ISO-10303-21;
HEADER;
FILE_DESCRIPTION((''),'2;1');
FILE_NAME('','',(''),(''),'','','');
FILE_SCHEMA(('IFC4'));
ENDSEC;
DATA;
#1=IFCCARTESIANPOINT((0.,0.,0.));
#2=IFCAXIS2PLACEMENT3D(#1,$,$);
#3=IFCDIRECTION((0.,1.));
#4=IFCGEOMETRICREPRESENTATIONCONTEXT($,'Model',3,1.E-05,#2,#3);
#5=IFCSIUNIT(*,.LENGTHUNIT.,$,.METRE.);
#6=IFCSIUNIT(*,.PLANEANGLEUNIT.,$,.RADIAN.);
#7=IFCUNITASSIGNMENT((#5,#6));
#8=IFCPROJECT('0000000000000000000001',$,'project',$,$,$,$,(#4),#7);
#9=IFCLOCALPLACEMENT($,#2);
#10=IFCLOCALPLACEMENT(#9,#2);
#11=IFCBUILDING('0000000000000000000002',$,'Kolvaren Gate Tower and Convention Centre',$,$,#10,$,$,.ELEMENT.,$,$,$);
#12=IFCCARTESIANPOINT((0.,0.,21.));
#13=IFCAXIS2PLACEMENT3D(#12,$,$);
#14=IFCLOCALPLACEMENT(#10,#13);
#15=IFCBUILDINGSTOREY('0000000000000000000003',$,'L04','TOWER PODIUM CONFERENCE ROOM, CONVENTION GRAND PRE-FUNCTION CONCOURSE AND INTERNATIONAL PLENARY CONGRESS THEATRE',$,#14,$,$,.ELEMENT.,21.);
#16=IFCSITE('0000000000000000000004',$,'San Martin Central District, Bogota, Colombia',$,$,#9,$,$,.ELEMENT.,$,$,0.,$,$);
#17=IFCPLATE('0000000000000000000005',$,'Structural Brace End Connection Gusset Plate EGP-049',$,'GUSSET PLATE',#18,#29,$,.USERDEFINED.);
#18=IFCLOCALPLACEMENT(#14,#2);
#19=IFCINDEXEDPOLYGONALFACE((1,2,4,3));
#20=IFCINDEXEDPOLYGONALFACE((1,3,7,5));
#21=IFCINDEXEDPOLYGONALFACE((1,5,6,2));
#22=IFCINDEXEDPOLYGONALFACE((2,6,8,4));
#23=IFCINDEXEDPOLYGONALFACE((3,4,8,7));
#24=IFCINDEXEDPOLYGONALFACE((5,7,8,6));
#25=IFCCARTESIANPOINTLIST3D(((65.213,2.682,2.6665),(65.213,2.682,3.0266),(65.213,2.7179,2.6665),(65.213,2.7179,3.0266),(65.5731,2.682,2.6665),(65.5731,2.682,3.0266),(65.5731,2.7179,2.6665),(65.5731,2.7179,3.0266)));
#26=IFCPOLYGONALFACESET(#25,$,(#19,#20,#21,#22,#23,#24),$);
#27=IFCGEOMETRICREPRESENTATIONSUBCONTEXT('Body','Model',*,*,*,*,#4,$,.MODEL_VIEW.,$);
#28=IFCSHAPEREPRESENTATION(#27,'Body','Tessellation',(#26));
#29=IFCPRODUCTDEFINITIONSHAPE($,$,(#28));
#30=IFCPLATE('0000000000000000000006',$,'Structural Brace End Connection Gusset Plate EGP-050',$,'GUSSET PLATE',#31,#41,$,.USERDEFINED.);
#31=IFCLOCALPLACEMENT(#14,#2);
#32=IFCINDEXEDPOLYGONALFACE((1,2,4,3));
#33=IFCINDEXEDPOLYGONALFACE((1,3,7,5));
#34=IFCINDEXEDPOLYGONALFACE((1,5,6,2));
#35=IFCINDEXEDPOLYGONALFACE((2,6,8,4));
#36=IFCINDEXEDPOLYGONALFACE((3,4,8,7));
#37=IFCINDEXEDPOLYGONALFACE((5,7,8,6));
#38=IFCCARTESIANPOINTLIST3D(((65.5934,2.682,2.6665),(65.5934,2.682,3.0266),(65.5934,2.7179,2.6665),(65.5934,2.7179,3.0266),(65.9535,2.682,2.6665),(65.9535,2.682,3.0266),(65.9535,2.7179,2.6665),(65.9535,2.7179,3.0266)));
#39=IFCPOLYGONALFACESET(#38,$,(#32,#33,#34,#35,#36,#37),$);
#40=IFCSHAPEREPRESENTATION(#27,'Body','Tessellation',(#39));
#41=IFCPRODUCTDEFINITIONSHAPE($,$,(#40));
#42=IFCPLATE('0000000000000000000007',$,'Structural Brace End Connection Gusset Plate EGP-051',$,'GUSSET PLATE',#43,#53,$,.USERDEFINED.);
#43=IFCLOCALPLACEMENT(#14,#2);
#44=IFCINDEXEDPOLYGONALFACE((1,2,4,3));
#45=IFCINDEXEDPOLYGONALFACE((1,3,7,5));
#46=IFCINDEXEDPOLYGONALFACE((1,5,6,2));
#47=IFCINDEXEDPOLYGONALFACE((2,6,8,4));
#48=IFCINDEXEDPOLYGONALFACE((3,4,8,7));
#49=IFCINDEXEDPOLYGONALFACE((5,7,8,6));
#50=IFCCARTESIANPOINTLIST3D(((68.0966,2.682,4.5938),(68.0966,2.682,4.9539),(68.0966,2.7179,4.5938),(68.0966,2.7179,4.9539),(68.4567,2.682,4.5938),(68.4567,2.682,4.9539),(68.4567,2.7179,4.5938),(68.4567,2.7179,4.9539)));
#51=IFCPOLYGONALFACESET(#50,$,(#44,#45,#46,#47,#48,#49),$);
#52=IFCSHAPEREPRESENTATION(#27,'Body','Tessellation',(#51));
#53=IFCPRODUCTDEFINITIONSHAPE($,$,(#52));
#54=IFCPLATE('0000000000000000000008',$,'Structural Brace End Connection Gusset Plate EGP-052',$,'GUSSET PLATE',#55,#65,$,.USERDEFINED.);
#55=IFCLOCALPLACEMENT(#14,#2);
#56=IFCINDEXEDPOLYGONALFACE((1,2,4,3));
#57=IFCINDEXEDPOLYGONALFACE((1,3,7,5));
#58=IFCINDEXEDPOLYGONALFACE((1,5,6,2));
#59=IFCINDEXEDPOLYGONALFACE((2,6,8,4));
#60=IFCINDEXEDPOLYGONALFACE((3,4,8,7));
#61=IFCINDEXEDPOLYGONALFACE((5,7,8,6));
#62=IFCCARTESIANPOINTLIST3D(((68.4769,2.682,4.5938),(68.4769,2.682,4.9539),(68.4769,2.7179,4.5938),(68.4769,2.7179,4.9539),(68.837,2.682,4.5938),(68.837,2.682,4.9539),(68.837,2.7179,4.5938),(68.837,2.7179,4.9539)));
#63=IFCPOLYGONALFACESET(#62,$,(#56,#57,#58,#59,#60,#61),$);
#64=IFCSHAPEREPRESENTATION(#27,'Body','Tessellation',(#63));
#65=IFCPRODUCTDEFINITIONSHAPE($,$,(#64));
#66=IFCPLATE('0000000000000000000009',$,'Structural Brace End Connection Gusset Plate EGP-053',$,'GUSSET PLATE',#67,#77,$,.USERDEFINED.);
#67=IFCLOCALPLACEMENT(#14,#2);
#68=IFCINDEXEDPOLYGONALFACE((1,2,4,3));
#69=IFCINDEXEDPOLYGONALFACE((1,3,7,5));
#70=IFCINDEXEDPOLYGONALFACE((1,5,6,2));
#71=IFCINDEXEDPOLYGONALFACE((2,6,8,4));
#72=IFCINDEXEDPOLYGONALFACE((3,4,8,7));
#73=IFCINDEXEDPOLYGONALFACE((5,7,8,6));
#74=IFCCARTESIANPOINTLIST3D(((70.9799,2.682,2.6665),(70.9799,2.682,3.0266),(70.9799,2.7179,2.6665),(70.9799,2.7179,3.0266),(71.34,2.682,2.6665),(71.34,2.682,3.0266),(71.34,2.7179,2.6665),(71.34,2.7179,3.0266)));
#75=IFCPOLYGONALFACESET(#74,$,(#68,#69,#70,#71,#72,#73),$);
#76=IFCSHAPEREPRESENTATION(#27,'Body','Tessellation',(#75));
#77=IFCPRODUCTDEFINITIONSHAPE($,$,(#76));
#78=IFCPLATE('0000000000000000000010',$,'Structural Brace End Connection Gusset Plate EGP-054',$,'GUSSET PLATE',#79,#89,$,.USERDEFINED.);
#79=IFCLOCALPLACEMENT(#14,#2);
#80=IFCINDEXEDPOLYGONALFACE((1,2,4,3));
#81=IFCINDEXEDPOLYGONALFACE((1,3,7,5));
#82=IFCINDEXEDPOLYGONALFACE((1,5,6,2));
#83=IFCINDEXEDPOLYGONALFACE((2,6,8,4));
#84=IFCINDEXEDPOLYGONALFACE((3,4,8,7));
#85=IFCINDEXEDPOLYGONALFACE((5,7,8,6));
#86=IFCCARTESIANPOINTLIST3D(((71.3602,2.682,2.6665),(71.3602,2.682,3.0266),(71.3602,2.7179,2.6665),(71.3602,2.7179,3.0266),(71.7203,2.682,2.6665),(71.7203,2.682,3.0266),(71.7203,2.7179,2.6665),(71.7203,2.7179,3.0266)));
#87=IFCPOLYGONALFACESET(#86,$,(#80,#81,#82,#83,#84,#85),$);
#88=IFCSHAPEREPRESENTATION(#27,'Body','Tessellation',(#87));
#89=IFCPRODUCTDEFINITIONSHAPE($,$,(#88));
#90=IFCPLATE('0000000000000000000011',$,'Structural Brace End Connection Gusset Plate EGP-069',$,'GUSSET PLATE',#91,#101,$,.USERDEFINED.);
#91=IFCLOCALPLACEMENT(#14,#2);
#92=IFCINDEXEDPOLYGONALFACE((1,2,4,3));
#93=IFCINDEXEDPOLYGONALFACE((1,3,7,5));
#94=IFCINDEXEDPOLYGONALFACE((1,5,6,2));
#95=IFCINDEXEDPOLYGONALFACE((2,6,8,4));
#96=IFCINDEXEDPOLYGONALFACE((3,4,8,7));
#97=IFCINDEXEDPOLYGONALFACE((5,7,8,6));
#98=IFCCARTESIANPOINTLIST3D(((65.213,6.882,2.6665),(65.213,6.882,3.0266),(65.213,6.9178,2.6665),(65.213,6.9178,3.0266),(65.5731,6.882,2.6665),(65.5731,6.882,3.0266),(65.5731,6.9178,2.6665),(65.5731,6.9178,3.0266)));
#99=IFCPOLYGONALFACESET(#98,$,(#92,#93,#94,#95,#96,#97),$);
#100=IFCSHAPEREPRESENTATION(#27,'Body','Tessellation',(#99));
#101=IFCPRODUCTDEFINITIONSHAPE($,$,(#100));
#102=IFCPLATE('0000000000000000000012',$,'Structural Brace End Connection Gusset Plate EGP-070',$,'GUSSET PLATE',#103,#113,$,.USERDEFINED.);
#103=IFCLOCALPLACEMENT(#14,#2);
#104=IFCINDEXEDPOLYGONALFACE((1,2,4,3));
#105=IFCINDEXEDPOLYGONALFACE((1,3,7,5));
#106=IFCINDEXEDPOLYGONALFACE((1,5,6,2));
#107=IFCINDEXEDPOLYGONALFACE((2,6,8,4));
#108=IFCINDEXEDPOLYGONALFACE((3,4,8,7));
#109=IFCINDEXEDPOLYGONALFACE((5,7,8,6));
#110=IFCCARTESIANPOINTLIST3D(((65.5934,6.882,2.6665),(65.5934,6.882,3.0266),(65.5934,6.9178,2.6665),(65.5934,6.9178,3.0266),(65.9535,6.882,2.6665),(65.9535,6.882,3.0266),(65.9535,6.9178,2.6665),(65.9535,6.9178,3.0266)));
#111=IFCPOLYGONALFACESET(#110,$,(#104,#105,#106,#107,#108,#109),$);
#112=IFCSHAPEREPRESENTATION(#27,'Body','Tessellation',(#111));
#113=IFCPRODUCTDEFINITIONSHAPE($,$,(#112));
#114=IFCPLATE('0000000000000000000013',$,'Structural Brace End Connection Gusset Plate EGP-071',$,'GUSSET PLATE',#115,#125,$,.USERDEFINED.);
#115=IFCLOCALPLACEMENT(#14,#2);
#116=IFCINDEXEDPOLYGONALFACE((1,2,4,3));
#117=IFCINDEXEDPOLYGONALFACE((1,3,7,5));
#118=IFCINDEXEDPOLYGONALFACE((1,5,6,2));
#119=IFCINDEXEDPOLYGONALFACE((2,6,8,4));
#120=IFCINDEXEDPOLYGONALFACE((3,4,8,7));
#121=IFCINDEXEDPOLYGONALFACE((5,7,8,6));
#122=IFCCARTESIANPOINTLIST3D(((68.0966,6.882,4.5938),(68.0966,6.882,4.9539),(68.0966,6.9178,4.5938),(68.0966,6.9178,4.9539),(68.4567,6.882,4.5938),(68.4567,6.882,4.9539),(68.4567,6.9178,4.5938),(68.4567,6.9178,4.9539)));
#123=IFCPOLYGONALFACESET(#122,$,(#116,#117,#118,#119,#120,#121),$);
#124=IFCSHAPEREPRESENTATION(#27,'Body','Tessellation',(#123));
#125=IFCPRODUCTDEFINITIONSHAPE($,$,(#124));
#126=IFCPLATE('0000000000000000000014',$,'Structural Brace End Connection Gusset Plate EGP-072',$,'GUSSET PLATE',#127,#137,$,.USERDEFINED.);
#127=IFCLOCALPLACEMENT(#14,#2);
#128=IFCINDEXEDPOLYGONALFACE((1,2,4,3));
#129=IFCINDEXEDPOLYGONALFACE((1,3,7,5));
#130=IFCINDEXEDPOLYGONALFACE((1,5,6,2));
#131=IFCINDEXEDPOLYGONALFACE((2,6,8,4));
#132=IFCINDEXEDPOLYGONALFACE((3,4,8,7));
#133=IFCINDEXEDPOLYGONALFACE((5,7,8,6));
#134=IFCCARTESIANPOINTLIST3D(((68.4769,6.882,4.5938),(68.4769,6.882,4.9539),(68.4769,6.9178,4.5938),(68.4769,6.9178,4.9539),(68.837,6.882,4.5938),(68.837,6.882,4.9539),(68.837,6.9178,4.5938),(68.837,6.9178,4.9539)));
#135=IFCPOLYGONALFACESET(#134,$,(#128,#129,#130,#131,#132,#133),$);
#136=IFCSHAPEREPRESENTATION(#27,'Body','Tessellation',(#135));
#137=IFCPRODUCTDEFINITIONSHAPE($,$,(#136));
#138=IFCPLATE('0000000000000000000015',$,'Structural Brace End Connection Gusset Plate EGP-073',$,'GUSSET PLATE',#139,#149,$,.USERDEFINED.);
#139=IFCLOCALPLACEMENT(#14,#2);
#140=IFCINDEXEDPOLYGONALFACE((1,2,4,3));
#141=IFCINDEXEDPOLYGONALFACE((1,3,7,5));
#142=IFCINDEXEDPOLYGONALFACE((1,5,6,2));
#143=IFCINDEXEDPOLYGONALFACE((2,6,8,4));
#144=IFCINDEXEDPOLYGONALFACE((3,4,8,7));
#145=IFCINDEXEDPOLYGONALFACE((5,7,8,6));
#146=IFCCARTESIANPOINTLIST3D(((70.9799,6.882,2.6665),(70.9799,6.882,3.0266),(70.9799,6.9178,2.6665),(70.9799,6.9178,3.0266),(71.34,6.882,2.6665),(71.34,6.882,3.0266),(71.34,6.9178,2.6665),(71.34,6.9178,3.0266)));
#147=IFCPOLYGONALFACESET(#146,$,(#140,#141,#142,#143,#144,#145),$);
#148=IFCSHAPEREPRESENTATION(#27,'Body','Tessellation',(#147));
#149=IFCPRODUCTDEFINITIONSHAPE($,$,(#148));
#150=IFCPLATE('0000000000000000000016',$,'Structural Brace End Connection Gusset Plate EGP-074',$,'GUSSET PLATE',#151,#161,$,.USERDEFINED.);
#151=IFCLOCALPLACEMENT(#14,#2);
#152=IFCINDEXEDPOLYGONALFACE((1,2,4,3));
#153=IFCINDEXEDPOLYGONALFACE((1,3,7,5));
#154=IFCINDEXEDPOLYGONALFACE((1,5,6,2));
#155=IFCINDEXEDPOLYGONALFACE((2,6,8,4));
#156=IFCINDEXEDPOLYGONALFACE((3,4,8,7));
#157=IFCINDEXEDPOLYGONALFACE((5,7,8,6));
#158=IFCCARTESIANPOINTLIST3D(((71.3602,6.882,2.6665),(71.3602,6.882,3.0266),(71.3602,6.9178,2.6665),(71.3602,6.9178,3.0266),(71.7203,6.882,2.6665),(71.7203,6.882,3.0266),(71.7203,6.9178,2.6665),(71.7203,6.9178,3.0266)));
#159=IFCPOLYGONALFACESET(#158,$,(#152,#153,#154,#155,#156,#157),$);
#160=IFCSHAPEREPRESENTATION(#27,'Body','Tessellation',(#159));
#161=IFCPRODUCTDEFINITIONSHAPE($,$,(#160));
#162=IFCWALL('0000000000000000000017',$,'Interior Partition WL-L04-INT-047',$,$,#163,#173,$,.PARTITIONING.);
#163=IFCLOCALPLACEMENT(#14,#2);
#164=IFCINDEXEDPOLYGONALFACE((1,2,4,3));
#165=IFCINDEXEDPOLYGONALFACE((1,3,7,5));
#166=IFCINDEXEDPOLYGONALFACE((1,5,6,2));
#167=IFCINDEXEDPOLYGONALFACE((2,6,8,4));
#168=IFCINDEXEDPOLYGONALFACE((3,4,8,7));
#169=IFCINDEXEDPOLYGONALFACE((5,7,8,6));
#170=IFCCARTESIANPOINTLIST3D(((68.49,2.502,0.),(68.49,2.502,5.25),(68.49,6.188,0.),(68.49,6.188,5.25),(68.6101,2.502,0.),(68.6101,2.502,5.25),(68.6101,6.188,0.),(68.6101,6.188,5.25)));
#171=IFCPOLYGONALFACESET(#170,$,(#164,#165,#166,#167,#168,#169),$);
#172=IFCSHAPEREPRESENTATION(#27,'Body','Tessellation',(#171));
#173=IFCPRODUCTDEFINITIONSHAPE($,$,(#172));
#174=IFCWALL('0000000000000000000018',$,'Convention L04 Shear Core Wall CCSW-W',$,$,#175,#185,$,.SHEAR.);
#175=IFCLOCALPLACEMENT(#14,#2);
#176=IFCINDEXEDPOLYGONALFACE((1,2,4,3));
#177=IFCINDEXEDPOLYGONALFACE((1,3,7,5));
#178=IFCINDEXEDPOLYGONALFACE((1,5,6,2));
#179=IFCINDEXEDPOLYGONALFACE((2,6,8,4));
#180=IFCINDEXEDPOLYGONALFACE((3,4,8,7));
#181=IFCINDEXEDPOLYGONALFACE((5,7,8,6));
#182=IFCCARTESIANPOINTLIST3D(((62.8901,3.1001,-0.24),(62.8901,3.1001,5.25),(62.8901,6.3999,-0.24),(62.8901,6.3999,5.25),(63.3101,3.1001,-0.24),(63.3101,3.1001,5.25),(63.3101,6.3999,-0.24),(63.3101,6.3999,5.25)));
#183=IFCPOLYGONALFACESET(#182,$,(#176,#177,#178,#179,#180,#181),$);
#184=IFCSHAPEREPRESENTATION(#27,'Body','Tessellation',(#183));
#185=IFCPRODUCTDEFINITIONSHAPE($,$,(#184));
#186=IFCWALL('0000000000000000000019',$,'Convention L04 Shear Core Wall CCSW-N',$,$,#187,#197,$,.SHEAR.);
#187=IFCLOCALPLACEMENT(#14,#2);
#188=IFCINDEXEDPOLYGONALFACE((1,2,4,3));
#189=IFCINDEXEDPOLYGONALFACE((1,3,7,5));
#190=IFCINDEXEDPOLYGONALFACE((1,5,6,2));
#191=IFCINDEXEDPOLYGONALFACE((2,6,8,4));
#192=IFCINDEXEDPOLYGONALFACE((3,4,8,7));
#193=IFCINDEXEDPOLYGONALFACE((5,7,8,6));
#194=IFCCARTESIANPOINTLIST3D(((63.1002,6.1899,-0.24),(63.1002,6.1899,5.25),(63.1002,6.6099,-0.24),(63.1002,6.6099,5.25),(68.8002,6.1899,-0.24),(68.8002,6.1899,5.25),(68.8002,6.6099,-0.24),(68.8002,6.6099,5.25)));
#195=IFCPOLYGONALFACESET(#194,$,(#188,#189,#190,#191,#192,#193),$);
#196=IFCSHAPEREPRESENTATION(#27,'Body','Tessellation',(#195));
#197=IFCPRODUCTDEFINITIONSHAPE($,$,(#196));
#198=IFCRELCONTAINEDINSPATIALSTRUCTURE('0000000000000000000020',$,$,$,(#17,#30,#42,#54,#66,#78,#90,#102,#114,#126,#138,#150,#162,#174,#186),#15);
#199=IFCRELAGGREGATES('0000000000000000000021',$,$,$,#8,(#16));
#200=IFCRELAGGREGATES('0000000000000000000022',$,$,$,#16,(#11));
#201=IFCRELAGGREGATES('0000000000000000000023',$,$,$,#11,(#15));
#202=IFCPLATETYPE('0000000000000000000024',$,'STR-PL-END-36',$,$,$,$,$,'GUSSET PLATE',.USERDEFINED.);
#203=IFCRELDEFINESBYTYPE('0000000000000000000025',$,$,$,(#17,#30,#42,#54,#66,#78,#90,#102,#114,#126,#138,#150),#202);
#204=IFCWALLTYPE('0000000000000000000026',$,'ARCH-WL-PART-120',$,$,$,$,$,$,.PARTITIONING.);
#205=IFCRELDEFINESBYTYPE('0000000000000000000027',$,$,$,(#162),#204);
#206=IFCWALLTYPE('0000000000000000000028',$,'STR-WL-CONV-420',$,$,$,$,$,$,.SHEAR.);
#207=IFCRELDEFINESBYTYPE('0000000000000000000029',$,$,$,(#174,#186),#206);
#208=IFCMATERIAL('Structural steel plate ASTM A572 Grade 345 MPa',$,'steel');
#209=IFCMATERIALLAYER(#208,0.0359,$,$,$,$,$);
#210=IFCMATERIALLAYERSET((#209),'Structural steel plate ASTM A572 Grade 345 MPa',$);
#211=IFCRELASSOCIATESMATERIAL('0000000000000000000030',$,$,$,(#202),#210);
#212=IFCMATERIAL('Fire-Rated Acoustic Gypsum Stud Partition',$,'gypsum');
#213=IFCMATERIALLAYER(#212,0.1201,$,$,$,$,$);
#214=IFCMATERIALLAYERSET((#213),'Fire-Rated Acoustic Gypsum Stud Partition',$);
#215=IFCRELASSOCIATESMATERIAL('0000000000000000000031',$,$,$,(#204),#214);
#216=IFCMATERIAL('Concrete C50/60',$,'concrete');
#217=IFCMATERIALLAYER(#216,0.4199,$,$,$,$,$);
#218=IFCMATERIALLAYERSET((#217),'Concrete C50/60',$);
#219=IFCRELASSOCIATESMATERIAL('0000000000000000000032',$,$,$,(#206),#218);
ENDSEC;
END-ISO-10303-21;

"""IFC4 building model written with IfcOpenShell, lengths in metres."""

from ifc_helpers import new_model, si_unit, direction, frame, frame_2d, origin, origin_2d, place, context, subcontext, project, spatial, rectangle, extrude, material, layer, layer_set, type_object, element, save


model = new_model("IFC4")

# Units and contexts
model_context = context("Model", 3, precision=1e-05, world=origin(), true_north=direction((0.0, 1.0)))
body_context = subcontext(model_context, "Body", "Model", "MODEL_VIEW")
ifc_project = project(units=[si_unit("LENGTHUNIT", "METRE"), si_unit("PLANEANGLEUNIT", "RADIAN")], contexts=[model_context])

# Site, building, storey
site_placement = place(None, origin())
site = spatial("IfcSite", under=ifc_project, at=site_placement, Name="San Martin Central District, Bogota, Colombia", CompositionType="ELEMENT", RefElevation=0.0)
building_placement = place(site_placement, origin())
building = spatial("IfcBuilding", under=site, at=building_placement, Name="Kolvaren Gate Tower and Convention Centre", CompositionType="ELEMENT")
storey_placement = place(building_placement, frame((0.0, 0.0, 21.0)))
storey = spatial("IfcBuildingStorey", under=building, at=storey_placement, Name="L04", Description="TOWER PODIUM CONFERENCE ROOM, CONVENTION GRAND PRE-FUNCTION CONCOURSE AND INTERNATIONAL PLENARY CONGRESS THEATRE", CompositionType="ELEMENT", Elevation=21.0)

# Plates
ifc_material_1 = material(Name="Structural steel plate ASTM A572 Grade 345 MPa", Category="steel")
ifc_layer_1 = layer(ifc_material_1, 0.0359)
ifc_layer_set_1 = layer_set([ifc_layer_1], Name="Structural steel plate ASTM A572 Grade 345 MPa")
plate_type = type_object("IfcPlateType", Name="STR-PL-END-36", ElementType="GUSSET PLATE", PredefinedType="USERDEFINED", material=ifc_layer_set_1)
for number, where, z_axis, x_axis, name in (
    (1, (65.3931, 2.7, 2.6665), (0.0, 0.0, 1.0), (1.0, 0.0, 0.0), "Structural Brace End Connection Gusset Plate EGP-049"),
    (2, (65.7734, 2.7, 2.6665), (0.0, 0.0, 1.0), (1.0, 0.0, 0.0), "Structural Brace End Connection Gusset Plate EGP-050"),
    (3, (68.2766, 2.7, 4.5938), (0.0, 0.0, 1.0), (1.0, 0.0, 0.0), "Structural Brace End Connection Gusset Plate EGP-051"),
    (4, (68.657, 2.7, 4.5938), (0.0, 0.0, 1.0), (1.0, 0.0, 0.0), "Structural Brace End Connection Gusset Plate EGP-052"),
    (5, (71.1599, 2.7, 2.6665), (0.0, 0.0, 1.0), (1.0, 0.0, 0.0), "Structural Brace End Connection Gusset Plate EGP-053"),
    (6, (71.5403, 2.7, 2.6665), (0.0, 0.0, 1.0), (1.0, 0.0, 0.0), "Structural Brace End Connection Gusset Plate EGP-054"),
    (7, (65.3931, 6.8999, 2.6665), (0.0, 0.0, 1.0), (1.0, 0.0, 0.0), "Structural Brace End Connection Gusset Plate EGP-069"),
    (8, (65.7734, 6.8999, 2.6665), (0.0, 0.0, 1.0), (1.0, 0.0, 0.0), "Structural Brace End Connection Gusset Plate EGP-070"),
    (9, (68.2766, 6.8999, 4.5938), (0.0, 0.0, 1.0), (1.0, 0.0, 0.0), "Structural Brace End Connection Gusset Plate EGP-071"),
    (10, (68.657, 6.8999, 4.5938), (0.0, 0.0, 1.0), (1.0, 0.0, 0.0), "Structural Brace End Connection Gusset Plate EGP-072"),
    (11, (71.1599, 6.8999, 2.6665), (0.0, 0.0, 1.0), (1.0, 0.0, 0.0), "Structural Brace End Connection Gusset Plate EGP-073"),
    (12, (71.5403, 6.8999, 2.6665), (0.0, 0.0, 1.0), (1.0, 0.0, 0.0), "Structural Brace End Connection Gusset Plate EGP-074"),
):
    element("IfcPlate", number, at=place(storey_placement, frame(where, z_axis=z_axis, x_axis=x_axis)), inside=storey, type_object=plate_type, Name=name, ObjectType="GUSSET PLATE", PredefinedType="USERDEFINED", context=body_context, shape_type="SweptSolid", body=[
        extrude(rectangle(XDim=0.3601, YDim=0.0359, at=origin_2d()), origin(), (0.0, 0.0, 1.0), 0.3601),
    ])

# Walls
ifc_material_2 = material(Name="Fire-Rated Acoustic Gypsum Stud Partition", Category="gypsum")
ifc_layer_2 = layer(ifc_material_2, 0.1201)
ifc_layer_set_2 = layer_set([ifc_layer_2], Name="Fire-Rated Acoustic Gypsum Stud Partition")
wall_type_1 = type_object("IfcWallType", Name="ARCH-WL-PART-120", PredefinedType="PARTITIONING", material=ifc_layer_set_2)
wall_1_placement = place(storey_placement, frame((68.55, 2.502, 0.0), z_axis=(0.0, 0.0, 1.0), x_axis=(0.0, 1.0, 0.0)))
element("IfcWall", 13, at=wall_1_placement, inside=storey, type_object=wall_type_1, Name="Interior Partition WL-L04-INT-047", PredefinedType="PARTITIONING", context=body_context, shape_type="SweptSolid", body=[
    extrude(rectangle(XDim=3.686, YDim=0.1201, at=frame_2d((1.843, 0.0))), origin(), (0.0, 0.0, 1.0), 5.25),
])
ifc_material_3 = material(Name="Concrete C50/60", Category="concrete")
ifc_layer_3 = layer(ifc_material_3, 0.4199)
ifc_layer_set_3 = layer_set([ifc_layer_3], Name="Concrete C50/60")
wall_type_2 = type_object("IfcWallType", Name="STR-WL-CONV-420", PredefinedType="SHEAR", material=ifc_layer_set_3)
wall_2_placement = place(storey_placement, frame((63.1001, 3.1001, -0.24), z_axis=(0.0, 0.0, 1.0), x_axis=(0.0, 1.0, 0.0)))
element("IfcWall", 14, at=wall_2_placement, inside=storey, type_object=wall_type_2, Name="Convention L04 Shear Core Wall CCSW-W", PredefinedType="SHEAR", context=body_context, shape_type="SweptSolid", body=[
    extrude(rectangle(XDim=3.2998, YDim=0.4199, at=frame_2d((1.6499, 0.0))), origin(), (0.0, 0.0, 1.0), 5.49),
])
wall_3_placement = place(storey_placement, frame((63.1001, 6.3999, -0.24), z_axis=(0.0, 0.0, 1.0), x_axis=(1.0, 0.0, 0.0)))
element("IfcWall", 15, at=wall_3_placement, inside=storey, type_object=wall_type_2, Name="Convention L04 Shear Core Wall CCSW-N", PredefinedType="SHEAR", context=body_context, shape_type="SweptSolid", body=[
    extrude(rectangle(XDim=5.7, YDim=0.4199, at=frame_2d((2.8501, 0.0))), origin(), (0.0, 0.0, 1.0), 5.49),
])

save(model, "model.ifc")
